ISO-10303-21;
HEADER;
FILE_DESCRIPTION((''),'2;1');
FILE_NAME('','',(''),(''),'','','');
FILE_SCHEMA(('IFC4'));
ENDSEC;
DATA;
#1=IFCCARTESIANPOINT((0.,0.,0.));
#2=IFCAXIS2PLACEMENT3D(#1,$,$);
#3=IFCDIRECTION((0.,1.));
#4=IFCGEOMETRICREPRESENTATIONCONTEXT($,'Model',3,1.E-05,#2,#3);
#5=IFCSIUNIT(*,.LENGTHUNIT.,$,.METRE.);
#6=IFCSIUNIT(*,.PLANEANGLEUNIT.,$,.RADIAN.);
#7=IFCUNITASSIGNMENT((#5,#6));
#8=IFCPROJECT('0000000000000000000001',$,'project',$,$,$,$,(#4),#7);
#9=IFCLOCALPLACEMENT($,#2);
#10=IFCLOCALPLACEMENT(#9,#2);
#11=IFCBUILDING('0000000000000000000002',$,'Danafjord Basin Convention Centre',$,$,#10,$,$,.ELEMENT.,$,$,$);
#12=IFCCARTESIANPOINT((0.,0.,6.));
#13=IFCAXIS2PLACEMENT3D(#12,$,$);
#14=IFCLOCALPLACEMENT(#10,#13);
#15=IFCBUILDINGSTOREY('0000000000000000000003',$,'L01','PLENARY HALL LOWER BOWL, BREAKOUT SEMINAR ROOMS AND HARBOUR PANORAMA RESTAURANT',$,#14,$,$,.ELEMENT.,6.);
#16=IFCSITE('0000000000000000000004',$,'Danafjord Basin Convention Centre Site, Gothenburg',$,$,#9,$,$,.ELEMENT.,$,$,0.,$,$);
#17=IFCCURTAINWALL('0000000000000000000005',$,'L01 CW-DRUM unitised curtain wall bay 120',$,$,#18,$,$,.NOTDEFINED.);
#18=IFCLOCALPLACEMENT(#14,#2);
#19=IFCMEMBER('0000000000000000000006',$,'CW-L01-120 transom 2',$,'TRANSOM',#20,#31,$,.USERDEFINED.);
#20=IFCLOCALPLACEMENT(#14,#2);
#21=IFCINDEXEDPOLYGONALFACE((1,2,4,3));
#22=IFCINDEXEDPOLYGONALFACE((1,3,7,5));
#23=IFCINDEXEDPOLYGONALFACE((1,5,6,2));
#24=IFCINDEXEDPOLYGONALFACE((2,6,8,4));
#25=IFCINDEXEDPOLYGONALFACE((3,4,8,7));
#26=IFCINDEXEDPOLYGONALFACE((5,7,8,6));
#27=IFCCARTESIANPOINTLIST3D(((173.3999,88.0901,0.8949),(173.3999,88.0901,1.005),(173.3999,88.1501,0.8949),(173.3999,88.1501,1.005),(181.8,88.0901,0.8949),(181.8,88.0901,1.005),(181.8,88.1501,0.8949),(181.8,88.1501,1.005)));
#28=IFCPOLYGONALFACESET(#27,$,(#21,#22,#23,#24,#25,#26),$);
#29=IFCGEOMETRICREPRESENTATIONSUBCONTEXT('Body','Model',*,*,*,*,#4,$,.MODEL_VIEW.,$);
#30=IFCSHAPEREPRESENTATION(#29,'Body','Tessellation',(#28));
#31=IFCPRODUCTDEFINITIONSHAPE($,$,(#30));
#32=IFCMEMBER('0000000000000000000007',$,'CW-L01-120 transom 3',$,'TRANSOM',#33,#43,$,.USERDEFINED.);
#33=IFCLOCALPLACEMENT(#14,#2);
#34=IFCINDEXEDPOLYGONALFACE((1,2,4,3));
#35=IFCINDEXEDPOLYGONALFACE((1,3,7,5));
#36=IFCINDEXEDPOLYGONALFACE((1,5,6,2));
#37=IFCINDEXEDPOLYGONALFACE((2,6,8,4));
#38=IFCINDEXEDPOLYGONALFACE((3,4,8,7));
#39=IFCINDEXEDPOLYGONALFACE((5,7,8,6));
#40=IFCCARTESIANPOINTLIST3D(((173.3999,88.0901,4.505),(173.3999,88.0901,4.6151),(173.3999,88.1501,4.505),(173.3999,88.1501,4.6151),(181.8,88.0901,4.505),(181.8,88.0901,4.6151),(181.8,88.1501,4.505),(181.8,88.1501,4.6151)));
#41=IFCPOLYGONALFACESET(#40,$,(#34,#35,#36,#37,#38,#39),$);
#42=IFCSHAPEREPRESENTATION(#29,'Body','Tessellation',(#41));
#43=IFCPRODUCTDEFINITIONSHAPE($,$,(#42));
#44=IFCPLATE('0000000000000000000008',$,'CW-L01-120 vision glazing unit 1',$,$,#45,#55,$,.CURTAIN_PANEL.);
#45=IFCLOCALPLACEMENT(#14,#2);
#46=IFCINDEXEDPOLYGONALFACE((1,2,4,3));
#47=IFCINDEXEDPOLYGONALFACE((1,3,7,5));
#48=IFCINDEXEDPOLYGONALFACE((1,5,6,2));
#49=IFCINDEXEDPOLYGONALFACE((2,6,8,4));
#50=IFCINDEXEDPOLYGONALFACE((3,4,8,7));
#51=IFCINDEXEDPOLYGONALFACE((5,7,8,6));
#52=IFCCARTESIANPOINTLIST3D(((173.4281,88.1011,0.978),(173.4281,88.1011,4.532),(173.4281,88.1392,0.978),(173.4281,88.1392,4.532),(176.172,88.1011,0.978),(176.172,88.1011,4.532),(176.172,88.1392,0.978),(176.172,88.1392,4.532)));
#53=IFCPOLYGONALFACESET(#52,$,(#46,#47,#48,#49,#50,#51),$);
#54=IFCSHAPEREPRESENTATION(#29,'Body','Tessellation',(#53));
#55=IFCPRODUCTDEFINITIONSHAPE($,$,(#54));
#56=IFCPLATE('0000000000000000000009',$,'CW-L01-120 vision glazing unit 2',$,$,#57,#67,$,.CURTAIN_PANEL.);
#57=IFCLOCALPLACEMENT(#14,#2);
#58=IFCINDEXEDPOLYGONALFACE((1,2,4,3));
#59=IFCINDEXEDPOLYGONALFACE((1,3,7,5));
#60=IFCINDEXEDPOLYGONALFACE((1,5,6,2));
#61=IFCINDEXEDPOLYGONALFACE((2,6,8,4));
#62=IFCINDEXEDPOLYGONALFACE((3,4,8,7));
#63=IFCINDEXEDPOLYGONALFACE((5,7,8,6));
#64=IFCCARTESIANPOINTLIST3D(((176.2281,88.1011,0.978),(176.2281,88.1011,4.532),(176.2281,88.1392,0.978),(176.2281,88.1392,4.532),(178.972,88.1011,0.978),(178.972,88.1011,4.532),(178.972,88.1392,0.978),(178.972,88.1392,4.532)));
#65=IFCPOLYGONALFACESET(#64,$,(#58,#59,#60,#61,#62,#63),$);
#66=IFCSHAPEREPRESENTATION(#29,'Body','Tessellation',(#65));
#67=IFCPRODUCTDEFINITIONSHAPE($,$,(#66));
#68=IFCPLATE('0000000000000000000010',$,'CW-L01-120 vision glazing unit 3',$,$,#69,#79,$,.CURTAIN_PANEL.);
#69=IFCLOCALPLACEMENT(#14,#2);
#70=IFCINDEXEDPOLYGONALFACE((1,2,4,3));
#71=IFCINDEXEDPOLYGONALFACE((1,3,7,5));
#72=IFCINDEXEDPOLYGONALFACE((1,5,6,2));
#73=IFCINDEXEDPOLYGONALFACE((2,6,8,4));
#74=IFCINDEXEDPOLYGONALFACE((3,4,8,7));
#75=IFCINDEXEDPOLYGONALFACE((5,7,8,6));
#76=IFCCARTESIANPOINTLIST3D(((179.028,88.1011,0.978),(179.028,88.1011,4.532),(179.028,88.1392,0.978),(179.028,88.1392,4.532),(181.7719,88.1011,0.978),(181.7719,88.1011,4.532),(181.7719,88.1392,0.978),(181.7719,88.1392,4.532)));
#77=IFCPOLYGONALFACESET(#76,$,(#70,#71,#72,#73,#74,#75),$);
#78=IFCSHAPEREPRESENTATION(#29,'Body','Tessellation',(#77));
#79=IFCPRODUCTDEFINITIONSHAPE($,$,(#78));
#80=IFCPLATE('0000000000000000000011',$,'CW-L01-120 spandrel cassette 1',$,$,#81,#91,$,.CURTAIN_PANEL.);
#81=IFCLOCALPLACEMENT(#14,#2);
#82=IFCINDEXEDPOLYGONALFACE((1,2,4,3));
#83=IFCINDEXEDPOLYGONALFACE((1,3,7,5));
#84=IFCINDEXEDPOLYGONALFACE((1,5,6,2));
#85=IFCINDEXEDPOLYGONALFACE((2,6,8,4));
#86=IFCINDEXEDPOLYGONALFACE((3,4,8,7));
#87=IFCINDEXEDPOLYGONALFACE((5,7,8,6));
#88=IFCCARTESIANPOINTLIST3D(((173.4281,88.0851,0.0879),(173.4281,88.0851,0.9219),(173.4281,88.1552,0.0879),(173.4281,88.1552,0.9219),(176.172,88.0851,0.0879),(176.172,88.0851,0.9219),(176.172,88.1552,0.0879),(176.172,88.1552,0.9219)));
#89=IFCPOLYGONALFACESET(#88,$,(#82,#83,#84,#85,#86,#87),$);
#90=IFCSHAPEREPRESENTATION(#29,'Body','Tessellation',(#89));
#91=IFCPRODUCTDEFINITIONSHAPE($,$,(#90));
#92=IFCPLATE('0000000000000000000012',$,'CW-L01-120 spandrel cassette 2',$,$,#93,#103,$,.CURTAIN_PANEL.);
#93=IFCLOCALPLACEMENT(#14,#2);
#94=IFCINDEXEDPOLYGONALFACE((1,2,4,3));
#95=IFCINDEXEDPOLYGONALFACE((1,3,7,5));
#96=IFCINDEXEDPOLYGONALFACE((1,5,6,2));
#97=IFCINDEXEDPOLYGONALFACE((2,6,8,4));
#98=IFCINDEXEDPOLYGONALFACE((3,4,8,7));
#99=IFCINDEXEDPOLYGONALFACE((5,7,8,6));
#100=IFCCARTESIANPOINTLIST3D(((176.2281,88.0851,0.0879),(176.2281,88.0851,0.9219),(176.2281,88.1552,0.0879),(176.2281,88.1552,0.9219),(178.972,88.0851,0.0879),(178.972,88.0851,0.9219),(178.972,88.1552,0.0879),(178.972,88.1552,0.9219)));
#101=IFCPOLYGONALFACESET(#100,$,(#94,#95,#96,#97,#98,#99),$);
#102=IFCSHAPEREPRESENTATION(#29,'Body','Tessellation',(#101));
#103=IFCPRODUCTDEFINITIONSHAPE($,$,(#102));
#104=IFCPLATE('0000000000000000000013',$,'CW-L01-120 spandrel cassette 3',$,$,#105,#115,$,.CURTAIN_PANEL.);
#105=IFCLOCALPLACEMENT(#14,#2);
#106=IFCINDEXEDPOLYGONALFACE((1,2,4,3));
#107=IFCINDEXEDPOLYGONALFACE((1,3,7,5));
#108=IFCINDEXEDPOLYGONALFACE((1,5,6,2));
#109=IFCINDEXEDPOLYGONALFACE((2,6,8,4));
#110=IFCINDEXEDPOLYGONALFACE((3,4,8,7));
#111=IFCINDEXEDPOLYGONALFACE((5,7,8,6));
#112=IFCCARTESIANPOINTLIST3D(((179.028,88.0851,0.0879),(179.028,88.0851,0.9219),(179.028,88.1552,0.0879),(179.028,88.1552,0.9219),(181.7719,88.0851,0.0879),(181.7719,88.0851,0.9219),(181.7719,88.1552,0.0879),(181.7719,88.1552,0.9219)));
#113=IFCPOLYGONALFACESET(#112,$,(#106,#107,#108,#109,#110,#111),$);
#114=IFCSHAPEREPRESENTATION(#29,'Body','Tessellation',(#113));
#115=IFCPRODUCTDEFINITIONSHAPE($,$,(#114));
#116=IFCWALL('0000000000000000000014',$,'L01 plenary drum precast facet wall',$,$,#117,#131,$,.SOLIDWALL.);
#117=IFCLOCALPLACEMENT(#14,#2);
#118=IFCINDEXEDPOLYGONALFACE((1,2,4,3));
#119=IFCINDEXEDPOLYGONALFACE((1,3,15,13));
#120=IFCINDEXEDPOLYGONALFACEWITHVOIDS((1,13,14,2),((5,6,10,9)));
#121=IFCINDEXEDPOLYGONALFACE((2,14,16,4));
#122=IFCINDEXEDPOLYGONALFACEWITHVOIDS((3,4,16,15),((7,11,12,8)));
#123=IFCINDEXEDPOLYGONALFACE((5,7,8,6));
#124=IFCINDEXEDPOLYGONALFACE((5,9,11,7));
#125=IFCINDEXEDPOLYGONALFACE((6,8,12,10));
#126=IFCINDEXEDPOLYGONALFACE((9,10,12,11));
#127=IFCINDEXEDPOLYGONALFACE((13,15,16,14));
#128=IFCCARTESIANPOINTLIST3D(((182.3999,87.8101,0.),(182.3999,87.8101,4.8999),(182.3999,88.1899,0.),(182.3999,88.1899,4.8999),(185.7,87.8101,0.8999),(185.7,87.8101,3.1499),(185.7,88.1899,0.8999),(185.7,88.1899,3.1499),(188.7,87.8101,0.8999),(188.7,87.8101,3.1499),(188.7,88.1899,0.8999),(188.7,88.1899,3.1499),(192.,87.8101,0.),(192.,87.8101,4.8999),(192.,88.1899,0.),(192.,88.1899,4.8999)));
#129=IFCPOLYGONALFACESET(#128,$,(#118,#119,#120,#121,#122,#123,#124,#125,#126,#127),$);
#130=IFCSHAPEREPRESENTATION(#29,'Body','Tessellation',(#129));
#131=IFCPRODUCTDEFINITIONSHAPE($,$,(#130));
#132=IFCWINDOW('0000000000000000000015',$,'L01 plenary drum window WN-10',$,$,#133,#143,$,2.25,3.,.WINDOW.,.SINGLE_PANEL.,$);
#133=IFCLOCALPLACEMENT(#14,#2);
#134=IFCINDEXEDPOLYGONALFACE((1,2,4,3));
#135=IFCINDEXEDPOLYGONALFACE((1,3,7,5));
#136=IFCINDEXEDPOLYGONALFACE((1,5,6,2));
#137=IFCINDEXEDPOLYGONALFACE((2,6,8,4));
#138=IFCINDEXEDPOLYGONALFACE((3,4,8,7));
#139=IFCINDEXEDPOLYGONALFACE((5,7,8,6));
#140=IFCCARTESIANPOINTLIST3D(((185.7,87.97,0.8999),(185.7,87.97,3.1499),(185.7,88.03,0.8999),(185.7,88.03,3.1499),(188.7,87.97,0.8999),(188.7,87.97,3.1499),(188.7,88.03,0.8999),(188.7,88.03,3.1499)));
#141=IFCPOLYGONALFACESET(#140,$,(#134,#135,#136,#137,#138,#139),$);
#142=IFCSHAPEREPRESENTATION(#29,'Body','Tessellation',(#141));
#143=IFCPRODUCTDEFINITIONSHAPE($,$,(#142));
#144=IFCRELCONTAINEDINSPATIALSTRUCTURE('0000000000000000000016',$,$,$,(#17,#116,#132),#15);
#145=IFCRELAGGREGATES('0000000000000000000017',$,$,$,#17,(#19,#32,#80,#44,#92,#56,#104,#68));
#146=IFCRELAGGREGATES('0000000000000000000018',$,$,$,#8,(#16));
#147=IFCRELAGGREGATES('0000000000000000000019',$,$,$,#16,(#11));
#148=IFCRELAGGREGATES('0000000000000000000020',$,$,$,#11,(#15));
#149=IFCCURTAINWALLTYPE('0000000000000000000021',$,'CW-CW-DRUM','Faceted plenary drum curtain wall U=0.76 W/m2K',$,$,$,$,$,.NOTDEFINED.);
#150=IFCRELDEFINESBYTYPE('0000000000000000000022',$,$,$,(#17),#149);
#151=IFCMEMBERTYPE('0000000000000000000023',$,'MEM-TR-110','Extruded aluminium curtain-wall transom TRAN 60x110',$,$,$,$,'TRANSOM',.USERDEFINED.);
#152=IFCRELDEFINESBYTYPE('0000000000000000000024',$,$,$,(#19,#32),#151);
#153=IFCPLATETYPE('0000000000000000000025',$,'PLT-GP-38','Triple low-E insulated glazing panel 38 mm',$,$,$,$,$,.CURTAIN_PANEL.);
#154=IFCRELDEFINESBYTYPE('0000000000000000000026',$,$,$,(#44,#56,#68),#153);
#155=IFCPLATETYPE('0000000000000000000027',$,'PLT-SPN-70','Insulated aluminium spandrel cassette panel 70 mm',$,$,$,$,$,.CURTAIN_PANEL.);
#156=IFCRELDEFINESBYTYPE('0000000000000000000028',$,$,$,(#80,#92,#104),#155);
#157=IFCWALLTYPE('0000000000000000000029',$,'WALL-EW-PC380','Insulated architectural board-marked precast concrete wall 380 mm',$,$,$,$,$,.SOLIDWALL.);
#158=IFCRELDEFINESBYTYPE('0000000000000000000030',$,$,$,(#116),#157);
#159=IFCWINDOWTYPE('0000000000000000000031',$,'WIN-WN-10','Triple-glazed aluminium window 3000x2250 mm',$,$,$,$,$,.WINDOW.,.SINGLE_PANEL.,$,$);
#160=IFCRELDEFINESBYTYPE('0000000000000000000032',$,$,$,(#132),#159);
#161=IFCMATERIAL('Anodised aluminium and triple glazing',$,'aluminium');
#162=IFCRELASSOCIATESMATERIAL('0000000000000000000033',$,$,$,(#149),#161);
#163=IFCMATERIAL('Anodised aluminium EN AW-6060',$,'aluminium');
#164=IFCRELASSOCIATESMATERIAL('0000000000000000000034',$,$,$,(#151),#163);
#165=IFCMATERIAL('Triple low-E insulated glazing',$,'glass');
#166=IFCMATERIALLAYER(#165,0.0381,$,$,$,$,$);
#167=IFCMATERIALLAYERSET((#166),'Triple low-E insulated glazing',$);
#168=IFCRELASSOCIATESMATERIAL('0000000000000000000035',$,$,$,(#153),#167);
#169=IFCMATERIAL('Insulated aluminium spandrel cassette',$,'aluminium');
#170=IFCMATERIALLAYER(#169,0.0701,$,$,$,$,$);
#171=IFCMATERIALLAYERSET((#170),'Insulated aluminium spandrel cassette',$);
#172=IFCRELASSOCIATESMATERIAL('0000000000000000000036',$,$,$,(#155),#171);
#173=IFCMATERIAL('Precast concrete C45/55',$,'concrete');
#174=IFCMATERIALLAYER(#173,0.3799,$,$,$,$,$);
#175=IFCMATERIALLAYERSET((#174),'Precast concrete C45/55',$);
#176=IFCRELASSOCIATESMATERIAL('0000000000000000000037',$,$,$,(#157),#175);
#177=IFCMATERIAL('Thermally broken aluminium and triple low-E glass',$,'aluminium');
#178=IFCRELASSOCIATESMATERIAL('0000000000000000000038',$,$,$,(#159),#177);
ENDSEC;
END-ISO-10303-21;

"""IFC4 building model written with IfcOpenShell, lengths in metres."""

from ifc_helpers import new_model, si_unit, direction, frame, frame_2d, origin, origin_2d, place, context, subcontext, project, spatial, rectangle, extrude, material, layer, layer_set, material_profile, profile_set, type_object, element, fill, aggregate, save


model = new_model("IFC4")

# Units and contexts
model_context = context("Model", 3, precision=1e-05, world=origin(), true_north=direction((0.0, 1.0)))
body_context = subcontext(model_context, "Body", "Model", "MODEL_VIEW")
ifc_project = project(units=[si_unit("LENGTHUNIT", "METRE"), si_unit("PLANEANGLEUNIT", "RADIAN")], contexts=[model_context])

# Site, building, storey
site_placement = place(None, origin())
site = spatial("IfcSite", under=ifc_project, at=site_placement, Name="Danafjord Basin Convention Centre Site, Gothenburg", CompositionType="ELEMENT", RefElevation=0.0)
building_placement = place(site_placement, origin())
building = spatial("IfcBuilding", under=site, at=building_placement, Name="Danafjord Basin Convention Centre", CompositionType="ELEMENT")
storey_placement = place(building_placement, frame((0.0, 0.0, 6.0)))
storey = spatial("IfcBuildingStorey", under=building, at=storey_placement, Name="L01", Description="PLENARY HALL LOWER BOWL, BREAKOUT SEMINAR ROOMS AND HARBOUR PANORAMA RESTAURANT", CompositionType="ELEMENT", Elevation=6.0)

# Shared definitions
ifc_material_1 = material(Name="Precast concrete C45/55", Category="concrete")

# Curtain wall, members, plates
ifc_material_2 = material(Name="Anodised aluminium and triple glazing", Category="aluminium")
curtain_wall_type = type_object("IfcCurtainWallType", Name="CW-CW-DRUM", Description="Faceted plenary drum curtain wall U=0.76 W/m2K", PredefinedType="NOTDEFINED", material=ifc_material_2)
curtain_wall_placement = place(storey_placement, origin())
curtain_wall = element("IfcCurtainWall", 1, at=curtain_wall_placement, inside=storey, type_object=curtain_wall_type, Name="L01 CW-DRUM unitised curtain wall bay 120", PredefinedType="NOTDEFINED")
ifc_material_3 = material(Name="Anodised aluminium EN AW-6060", Category="aluminium")
ifc_material_profile_1 = material_profile(ifc_material_3, rectangle(XDim=0.0601, YDim=0.1101, at=origin_2d()), Name="TRAN 60x110")
ifc_profile_set_1 = profile_set([ifc_material_profile_1], Name="Anodised aluminium EN AW-6060")
member_type_1 = type_object("IfcMemberType", Name="MEM-TR-110", Description="Extruded aluminium curtain-wall transom TRAN 60x110", ElementType="TRANSOM", PredefinedType="USERDEFINED", material=ifc_profile_set_1)
member_1_placement = place(storey_placement, frame((173.3999, 88.1201, 0.95), z_axis=(1.0, 0.0, 0.0), x_axis=(0.0, 1.0, 0.0)))
member_1 = element("IfcMember", 2, at=member_1_placement, type_object=member_type_1, Name="CW-L01-120 transom 2", ObjectType="TRANSOM", PredefinedType="USERDEFINED", context=body_context, shape_type="SweptSolid", body=[
    extrude(rectangle(XDim=0.0601, YDim=0.1101, at=origin_2d()), origin(), (0.0, 0.0, 1.0), 8.4001),
])
member_2_placement = place(storey_placement, frame((173.3999, 88.1201, 4.5601), z_axis=(1.0, 0.0, 0.0), x_axis=(0.0, 1.0, 0.0)))
member_2 = element("IfcMember", 3, at=member_2_placement, type_object=member_type_1, Name="CW-L01-120 transom 3", ObjectType="TRANSOM", PredefinedType="USERDEFINED", context=body_context, shape_type="SweptSolid", body=[
    extrude(rectangle(XDim=0.0601, YDim=0.1101, at=origin_2d()), origin(), (0.0, 0.0, 1.0), 8.4001),
])
ifc_material_4 = material(Name="Triple low-E insulated glazing", Category="glass")
ifc_layer_1 = layer(ifc_material_4, 0.0381)
ifc_layer_set_1 = layer_set([ifc_layer_1], Name="Triple low-E insulated glazing")
plate_type_1 = type_object("IfcPlateType", Name="PLT-GP-38", Description="Triple low-E insulated glazing panel 38 mm", PredefinedType="CURTAIN_PANEL", material=ifc_layer_set_1)
plate_1_placement = place(storey_placement, frame((174.8, 88.1201, 0.978), z_axis=(0.0, 0.0, 1.0), x_axis=(1.0, 0.0, 0.0)))
plate_1 = element("IfcPlate", 4, at=plate_1_placement, type_object=plate_type_1, Name="CW-L01-120 vision glazing unit 1", PredefinedType="CURTAIN_PANEL", context=body_context, shape_type="SweptSolid", body=[
    extrude(rectangle(XDim=2.7439, YDim=0.0381, at=origin_2d()), origin(), (0.0, 0.0, 1.0), 3.554),
])
plate_2_placement = place(storey_placement, frame((177.6001, 88.1201, 0.978), z_axis=(0.0, 0.0, 1.0), x_axis=(1.0, 0.0, 0.0)))
plate_2 = element("IfcPlate", 5, at=plate_2_placement, type_object=plate_type_1, Name="CW-L01-120 vision glazing unit 2", PredefinedType="CURTAIN_PANEL", context=body_context, shape_type="SweptSolid", body=[
    extrude(rectangle(XDim=2.7439, YDim=0.0381, at=origin_2d()), origin(), (0.0, 0.0, 1.0), 3.554),
])
plate_3_placement = place(storey_placement, frame((180.3999, 88.1201, 0.978), z_axis=(0.0, 0.0, 1.0), x_axis=(1.0, 0.0, 0.0)))
plate_3 = element("IfcPlate", 6, at=plate_3_placement, type_object=plate_type_1, Name="CW-L01-120 vision glazing unit 3", PredefinedType="CURTAIN_PANEL", context=body_context, shape_type="SweptSolid", body=[
    extrude(rectangle(XDim=2.7439, YDim=0.0381, at=origin_2d()), origin(), (0.0, 0.0, 1.0), 3.554),
])
ifc_material_5 = material(Name="Insulated aluminium spandrel cassette", Category="aluminium")
ifc_layer_2 = layer(ifc_material_5, 0.0701)
ifc_layer_set_2 = layer_set([ifc_layer_2], Name="Insulated aluminium spandrel cassette")
plate_type_2 = type_object("IfcPlateType", Name="PLT-SPN-70", Description="Insulated aluminium spandrel cassette panel 70 mm", PredefinedType="CURTAIN_PANEL", material=ifc_layer_set_2)
plate_4_placement = place(storey_placement, frame((174.8, 88.1201, 0.0879), z_axis=(0.0, 0.0, 1.0), x_axis=(1.0, 0.0, 0.0)))
plate_4 = element("IfcPlate", 7, at=plate_4_placement, type_object=plate_type_2, Name="CW-L01-120 spandrel cassette 1", PredefinedType="CURTAIN_PANEL", context=body_context, shape_type="SweptSolid", body=[
    extrude(rectangle(XDim=2.7439, YDim=0.0701, at=origin_2d()), origin(), (0.0, 0.0, 1.0), 0.834),
])
plate_5_placement = place(storey_placement, frame((177.6001, 88.1201, 0.0879), z_axis=(0.0, 0.0, 1.0), x_axis=(1.0, 0.0, 0.0)))
plate_5 = element("IfcPlate", 8, at=plate_5_placement, type_object=plate_type_2, Name="CW-L01-120 spandrel cassette 2", PredefinedType="CURTAIN_PANEL", context=body_context, shape_type="SweptSolid", body=[
    extrude(rectangle(XDim=2.7439, YDim=0.0701, at=origin_2d()), origin(), (0.0, 0.0, 1.0), 0.834),
])
plate_6_placement = place(storey_placement, frame((180.3999, 88.1201, 0.0879), z_axis=(0.0, 0.0, 1.0), x_axis=(1.0, 0.0, 0.0)))
plate_6 = element("IfcPlate", 9, at=plate_6_placement, type_object=plate_type_2, Name="CW-L01-120 spandrel cassette 3", PredefinedType="CURTAIN_PANEL", context=body_context, shape_type="SweptSolid", body=[
    extrude(rectangle(XDim=2.7439, YDim=0.0701, at=origin_2d()), origin(), (0.0, 0.0, 1.0), 0.834),
])
aggregate(curtain_wall, [member_1, member_2, plate_4, plate_1, plate_5, plate_2, plate_6, plate_3])

# Wall, opening, window
ifc_layer_3 = layer(ifc_material_1, 0.3799)
ifc_layer_set_3 = layer_set([ifc_layer_3], Name="Precast concrete C45/55")
wall_type = type_object("IfcWallType", Name="WALL-EW-PC380", Description="Insulated architectural board-marked precast concrete wall 380 mm", PredefinedType="SOLIDWALL", material=ifc_layer_set_3)
wall_placement = place(storey_placement, frame((182.3999, 88.0, 0.0), z_axis=(0.0, 0.0, 1.0), x_axis=(1.0, 0.0, 0.0)))
wall = element("IfcWall", 10, at=wall_placement, inside=storey, type_object=wall_type, Name="L01 plenary drum precast facet wall", PredefinedType="SOLIDWALL", context=body_context, shape_type="SweptSolid", body=[
    extrude(rectangle(XDim=9.6001, YDim=0.3799, at=frame_2d((4.8, 0.0))), origin(), (0.0, 0.0, 1.0), 4.8999),
])
opening_placement = place(wall_placement, frame((3.3, 0.0, 0.8999)))
opening = element("IfcOpeningElement", 11, at=opening_placement, cuts=wall, PredefinedType="OPENING", context=body_context, shape_type="SweptSolid", body=[
    extrude(rectangle(XDim=3.0, YDim=2.25, at=frame_2d((1.5, 1.125))), frame((0.0, 0.2, 0.0), z_axis=(0.0, -1.0, 0.0), x_axis=(1.0, 0.0, 0.0)), (0.0, 0.0, 1.0), 0.3999),
])
ifc_material_6 = material(Name="Thermally broken aluminium and triple low-E glass", Category="aluminium")
window_type = type_object("IfcWindowType", Name="WIN-WN-10", Description="Triple-glazed aluminium window 3000x2250 mm", PartitioningType="SINGLE_PANEL", PredefinedType="WINDOW", material=ifc_material_6)
window_placement = place(opening_placement, origin())
window = element("IfcWindow", 12, at=window_placement, inside=storey, type_object=window_type, Name="L01 plenary drum window WN-10", OverallHeight=2.25, OverallWidth=3.0, PartitioningType="SINGLE_PANEL", PredefinedType="WINDOW", context=body_context, shape_type="SweptSolid", body=[
    extrude(rectangle(XDim=3.0, YDim=2.25, at=frame_2d((1.5, 1.125))), frame((0.0, 0.03, 0.0), z_axis=(0.0, -1.0, 0.0), x_axis=(1.0, 0.0, 0.0)), (0.0, 0.0, 1.0), 0.0601),
])
fill(opening, window)

save(model, "model.ifc")
